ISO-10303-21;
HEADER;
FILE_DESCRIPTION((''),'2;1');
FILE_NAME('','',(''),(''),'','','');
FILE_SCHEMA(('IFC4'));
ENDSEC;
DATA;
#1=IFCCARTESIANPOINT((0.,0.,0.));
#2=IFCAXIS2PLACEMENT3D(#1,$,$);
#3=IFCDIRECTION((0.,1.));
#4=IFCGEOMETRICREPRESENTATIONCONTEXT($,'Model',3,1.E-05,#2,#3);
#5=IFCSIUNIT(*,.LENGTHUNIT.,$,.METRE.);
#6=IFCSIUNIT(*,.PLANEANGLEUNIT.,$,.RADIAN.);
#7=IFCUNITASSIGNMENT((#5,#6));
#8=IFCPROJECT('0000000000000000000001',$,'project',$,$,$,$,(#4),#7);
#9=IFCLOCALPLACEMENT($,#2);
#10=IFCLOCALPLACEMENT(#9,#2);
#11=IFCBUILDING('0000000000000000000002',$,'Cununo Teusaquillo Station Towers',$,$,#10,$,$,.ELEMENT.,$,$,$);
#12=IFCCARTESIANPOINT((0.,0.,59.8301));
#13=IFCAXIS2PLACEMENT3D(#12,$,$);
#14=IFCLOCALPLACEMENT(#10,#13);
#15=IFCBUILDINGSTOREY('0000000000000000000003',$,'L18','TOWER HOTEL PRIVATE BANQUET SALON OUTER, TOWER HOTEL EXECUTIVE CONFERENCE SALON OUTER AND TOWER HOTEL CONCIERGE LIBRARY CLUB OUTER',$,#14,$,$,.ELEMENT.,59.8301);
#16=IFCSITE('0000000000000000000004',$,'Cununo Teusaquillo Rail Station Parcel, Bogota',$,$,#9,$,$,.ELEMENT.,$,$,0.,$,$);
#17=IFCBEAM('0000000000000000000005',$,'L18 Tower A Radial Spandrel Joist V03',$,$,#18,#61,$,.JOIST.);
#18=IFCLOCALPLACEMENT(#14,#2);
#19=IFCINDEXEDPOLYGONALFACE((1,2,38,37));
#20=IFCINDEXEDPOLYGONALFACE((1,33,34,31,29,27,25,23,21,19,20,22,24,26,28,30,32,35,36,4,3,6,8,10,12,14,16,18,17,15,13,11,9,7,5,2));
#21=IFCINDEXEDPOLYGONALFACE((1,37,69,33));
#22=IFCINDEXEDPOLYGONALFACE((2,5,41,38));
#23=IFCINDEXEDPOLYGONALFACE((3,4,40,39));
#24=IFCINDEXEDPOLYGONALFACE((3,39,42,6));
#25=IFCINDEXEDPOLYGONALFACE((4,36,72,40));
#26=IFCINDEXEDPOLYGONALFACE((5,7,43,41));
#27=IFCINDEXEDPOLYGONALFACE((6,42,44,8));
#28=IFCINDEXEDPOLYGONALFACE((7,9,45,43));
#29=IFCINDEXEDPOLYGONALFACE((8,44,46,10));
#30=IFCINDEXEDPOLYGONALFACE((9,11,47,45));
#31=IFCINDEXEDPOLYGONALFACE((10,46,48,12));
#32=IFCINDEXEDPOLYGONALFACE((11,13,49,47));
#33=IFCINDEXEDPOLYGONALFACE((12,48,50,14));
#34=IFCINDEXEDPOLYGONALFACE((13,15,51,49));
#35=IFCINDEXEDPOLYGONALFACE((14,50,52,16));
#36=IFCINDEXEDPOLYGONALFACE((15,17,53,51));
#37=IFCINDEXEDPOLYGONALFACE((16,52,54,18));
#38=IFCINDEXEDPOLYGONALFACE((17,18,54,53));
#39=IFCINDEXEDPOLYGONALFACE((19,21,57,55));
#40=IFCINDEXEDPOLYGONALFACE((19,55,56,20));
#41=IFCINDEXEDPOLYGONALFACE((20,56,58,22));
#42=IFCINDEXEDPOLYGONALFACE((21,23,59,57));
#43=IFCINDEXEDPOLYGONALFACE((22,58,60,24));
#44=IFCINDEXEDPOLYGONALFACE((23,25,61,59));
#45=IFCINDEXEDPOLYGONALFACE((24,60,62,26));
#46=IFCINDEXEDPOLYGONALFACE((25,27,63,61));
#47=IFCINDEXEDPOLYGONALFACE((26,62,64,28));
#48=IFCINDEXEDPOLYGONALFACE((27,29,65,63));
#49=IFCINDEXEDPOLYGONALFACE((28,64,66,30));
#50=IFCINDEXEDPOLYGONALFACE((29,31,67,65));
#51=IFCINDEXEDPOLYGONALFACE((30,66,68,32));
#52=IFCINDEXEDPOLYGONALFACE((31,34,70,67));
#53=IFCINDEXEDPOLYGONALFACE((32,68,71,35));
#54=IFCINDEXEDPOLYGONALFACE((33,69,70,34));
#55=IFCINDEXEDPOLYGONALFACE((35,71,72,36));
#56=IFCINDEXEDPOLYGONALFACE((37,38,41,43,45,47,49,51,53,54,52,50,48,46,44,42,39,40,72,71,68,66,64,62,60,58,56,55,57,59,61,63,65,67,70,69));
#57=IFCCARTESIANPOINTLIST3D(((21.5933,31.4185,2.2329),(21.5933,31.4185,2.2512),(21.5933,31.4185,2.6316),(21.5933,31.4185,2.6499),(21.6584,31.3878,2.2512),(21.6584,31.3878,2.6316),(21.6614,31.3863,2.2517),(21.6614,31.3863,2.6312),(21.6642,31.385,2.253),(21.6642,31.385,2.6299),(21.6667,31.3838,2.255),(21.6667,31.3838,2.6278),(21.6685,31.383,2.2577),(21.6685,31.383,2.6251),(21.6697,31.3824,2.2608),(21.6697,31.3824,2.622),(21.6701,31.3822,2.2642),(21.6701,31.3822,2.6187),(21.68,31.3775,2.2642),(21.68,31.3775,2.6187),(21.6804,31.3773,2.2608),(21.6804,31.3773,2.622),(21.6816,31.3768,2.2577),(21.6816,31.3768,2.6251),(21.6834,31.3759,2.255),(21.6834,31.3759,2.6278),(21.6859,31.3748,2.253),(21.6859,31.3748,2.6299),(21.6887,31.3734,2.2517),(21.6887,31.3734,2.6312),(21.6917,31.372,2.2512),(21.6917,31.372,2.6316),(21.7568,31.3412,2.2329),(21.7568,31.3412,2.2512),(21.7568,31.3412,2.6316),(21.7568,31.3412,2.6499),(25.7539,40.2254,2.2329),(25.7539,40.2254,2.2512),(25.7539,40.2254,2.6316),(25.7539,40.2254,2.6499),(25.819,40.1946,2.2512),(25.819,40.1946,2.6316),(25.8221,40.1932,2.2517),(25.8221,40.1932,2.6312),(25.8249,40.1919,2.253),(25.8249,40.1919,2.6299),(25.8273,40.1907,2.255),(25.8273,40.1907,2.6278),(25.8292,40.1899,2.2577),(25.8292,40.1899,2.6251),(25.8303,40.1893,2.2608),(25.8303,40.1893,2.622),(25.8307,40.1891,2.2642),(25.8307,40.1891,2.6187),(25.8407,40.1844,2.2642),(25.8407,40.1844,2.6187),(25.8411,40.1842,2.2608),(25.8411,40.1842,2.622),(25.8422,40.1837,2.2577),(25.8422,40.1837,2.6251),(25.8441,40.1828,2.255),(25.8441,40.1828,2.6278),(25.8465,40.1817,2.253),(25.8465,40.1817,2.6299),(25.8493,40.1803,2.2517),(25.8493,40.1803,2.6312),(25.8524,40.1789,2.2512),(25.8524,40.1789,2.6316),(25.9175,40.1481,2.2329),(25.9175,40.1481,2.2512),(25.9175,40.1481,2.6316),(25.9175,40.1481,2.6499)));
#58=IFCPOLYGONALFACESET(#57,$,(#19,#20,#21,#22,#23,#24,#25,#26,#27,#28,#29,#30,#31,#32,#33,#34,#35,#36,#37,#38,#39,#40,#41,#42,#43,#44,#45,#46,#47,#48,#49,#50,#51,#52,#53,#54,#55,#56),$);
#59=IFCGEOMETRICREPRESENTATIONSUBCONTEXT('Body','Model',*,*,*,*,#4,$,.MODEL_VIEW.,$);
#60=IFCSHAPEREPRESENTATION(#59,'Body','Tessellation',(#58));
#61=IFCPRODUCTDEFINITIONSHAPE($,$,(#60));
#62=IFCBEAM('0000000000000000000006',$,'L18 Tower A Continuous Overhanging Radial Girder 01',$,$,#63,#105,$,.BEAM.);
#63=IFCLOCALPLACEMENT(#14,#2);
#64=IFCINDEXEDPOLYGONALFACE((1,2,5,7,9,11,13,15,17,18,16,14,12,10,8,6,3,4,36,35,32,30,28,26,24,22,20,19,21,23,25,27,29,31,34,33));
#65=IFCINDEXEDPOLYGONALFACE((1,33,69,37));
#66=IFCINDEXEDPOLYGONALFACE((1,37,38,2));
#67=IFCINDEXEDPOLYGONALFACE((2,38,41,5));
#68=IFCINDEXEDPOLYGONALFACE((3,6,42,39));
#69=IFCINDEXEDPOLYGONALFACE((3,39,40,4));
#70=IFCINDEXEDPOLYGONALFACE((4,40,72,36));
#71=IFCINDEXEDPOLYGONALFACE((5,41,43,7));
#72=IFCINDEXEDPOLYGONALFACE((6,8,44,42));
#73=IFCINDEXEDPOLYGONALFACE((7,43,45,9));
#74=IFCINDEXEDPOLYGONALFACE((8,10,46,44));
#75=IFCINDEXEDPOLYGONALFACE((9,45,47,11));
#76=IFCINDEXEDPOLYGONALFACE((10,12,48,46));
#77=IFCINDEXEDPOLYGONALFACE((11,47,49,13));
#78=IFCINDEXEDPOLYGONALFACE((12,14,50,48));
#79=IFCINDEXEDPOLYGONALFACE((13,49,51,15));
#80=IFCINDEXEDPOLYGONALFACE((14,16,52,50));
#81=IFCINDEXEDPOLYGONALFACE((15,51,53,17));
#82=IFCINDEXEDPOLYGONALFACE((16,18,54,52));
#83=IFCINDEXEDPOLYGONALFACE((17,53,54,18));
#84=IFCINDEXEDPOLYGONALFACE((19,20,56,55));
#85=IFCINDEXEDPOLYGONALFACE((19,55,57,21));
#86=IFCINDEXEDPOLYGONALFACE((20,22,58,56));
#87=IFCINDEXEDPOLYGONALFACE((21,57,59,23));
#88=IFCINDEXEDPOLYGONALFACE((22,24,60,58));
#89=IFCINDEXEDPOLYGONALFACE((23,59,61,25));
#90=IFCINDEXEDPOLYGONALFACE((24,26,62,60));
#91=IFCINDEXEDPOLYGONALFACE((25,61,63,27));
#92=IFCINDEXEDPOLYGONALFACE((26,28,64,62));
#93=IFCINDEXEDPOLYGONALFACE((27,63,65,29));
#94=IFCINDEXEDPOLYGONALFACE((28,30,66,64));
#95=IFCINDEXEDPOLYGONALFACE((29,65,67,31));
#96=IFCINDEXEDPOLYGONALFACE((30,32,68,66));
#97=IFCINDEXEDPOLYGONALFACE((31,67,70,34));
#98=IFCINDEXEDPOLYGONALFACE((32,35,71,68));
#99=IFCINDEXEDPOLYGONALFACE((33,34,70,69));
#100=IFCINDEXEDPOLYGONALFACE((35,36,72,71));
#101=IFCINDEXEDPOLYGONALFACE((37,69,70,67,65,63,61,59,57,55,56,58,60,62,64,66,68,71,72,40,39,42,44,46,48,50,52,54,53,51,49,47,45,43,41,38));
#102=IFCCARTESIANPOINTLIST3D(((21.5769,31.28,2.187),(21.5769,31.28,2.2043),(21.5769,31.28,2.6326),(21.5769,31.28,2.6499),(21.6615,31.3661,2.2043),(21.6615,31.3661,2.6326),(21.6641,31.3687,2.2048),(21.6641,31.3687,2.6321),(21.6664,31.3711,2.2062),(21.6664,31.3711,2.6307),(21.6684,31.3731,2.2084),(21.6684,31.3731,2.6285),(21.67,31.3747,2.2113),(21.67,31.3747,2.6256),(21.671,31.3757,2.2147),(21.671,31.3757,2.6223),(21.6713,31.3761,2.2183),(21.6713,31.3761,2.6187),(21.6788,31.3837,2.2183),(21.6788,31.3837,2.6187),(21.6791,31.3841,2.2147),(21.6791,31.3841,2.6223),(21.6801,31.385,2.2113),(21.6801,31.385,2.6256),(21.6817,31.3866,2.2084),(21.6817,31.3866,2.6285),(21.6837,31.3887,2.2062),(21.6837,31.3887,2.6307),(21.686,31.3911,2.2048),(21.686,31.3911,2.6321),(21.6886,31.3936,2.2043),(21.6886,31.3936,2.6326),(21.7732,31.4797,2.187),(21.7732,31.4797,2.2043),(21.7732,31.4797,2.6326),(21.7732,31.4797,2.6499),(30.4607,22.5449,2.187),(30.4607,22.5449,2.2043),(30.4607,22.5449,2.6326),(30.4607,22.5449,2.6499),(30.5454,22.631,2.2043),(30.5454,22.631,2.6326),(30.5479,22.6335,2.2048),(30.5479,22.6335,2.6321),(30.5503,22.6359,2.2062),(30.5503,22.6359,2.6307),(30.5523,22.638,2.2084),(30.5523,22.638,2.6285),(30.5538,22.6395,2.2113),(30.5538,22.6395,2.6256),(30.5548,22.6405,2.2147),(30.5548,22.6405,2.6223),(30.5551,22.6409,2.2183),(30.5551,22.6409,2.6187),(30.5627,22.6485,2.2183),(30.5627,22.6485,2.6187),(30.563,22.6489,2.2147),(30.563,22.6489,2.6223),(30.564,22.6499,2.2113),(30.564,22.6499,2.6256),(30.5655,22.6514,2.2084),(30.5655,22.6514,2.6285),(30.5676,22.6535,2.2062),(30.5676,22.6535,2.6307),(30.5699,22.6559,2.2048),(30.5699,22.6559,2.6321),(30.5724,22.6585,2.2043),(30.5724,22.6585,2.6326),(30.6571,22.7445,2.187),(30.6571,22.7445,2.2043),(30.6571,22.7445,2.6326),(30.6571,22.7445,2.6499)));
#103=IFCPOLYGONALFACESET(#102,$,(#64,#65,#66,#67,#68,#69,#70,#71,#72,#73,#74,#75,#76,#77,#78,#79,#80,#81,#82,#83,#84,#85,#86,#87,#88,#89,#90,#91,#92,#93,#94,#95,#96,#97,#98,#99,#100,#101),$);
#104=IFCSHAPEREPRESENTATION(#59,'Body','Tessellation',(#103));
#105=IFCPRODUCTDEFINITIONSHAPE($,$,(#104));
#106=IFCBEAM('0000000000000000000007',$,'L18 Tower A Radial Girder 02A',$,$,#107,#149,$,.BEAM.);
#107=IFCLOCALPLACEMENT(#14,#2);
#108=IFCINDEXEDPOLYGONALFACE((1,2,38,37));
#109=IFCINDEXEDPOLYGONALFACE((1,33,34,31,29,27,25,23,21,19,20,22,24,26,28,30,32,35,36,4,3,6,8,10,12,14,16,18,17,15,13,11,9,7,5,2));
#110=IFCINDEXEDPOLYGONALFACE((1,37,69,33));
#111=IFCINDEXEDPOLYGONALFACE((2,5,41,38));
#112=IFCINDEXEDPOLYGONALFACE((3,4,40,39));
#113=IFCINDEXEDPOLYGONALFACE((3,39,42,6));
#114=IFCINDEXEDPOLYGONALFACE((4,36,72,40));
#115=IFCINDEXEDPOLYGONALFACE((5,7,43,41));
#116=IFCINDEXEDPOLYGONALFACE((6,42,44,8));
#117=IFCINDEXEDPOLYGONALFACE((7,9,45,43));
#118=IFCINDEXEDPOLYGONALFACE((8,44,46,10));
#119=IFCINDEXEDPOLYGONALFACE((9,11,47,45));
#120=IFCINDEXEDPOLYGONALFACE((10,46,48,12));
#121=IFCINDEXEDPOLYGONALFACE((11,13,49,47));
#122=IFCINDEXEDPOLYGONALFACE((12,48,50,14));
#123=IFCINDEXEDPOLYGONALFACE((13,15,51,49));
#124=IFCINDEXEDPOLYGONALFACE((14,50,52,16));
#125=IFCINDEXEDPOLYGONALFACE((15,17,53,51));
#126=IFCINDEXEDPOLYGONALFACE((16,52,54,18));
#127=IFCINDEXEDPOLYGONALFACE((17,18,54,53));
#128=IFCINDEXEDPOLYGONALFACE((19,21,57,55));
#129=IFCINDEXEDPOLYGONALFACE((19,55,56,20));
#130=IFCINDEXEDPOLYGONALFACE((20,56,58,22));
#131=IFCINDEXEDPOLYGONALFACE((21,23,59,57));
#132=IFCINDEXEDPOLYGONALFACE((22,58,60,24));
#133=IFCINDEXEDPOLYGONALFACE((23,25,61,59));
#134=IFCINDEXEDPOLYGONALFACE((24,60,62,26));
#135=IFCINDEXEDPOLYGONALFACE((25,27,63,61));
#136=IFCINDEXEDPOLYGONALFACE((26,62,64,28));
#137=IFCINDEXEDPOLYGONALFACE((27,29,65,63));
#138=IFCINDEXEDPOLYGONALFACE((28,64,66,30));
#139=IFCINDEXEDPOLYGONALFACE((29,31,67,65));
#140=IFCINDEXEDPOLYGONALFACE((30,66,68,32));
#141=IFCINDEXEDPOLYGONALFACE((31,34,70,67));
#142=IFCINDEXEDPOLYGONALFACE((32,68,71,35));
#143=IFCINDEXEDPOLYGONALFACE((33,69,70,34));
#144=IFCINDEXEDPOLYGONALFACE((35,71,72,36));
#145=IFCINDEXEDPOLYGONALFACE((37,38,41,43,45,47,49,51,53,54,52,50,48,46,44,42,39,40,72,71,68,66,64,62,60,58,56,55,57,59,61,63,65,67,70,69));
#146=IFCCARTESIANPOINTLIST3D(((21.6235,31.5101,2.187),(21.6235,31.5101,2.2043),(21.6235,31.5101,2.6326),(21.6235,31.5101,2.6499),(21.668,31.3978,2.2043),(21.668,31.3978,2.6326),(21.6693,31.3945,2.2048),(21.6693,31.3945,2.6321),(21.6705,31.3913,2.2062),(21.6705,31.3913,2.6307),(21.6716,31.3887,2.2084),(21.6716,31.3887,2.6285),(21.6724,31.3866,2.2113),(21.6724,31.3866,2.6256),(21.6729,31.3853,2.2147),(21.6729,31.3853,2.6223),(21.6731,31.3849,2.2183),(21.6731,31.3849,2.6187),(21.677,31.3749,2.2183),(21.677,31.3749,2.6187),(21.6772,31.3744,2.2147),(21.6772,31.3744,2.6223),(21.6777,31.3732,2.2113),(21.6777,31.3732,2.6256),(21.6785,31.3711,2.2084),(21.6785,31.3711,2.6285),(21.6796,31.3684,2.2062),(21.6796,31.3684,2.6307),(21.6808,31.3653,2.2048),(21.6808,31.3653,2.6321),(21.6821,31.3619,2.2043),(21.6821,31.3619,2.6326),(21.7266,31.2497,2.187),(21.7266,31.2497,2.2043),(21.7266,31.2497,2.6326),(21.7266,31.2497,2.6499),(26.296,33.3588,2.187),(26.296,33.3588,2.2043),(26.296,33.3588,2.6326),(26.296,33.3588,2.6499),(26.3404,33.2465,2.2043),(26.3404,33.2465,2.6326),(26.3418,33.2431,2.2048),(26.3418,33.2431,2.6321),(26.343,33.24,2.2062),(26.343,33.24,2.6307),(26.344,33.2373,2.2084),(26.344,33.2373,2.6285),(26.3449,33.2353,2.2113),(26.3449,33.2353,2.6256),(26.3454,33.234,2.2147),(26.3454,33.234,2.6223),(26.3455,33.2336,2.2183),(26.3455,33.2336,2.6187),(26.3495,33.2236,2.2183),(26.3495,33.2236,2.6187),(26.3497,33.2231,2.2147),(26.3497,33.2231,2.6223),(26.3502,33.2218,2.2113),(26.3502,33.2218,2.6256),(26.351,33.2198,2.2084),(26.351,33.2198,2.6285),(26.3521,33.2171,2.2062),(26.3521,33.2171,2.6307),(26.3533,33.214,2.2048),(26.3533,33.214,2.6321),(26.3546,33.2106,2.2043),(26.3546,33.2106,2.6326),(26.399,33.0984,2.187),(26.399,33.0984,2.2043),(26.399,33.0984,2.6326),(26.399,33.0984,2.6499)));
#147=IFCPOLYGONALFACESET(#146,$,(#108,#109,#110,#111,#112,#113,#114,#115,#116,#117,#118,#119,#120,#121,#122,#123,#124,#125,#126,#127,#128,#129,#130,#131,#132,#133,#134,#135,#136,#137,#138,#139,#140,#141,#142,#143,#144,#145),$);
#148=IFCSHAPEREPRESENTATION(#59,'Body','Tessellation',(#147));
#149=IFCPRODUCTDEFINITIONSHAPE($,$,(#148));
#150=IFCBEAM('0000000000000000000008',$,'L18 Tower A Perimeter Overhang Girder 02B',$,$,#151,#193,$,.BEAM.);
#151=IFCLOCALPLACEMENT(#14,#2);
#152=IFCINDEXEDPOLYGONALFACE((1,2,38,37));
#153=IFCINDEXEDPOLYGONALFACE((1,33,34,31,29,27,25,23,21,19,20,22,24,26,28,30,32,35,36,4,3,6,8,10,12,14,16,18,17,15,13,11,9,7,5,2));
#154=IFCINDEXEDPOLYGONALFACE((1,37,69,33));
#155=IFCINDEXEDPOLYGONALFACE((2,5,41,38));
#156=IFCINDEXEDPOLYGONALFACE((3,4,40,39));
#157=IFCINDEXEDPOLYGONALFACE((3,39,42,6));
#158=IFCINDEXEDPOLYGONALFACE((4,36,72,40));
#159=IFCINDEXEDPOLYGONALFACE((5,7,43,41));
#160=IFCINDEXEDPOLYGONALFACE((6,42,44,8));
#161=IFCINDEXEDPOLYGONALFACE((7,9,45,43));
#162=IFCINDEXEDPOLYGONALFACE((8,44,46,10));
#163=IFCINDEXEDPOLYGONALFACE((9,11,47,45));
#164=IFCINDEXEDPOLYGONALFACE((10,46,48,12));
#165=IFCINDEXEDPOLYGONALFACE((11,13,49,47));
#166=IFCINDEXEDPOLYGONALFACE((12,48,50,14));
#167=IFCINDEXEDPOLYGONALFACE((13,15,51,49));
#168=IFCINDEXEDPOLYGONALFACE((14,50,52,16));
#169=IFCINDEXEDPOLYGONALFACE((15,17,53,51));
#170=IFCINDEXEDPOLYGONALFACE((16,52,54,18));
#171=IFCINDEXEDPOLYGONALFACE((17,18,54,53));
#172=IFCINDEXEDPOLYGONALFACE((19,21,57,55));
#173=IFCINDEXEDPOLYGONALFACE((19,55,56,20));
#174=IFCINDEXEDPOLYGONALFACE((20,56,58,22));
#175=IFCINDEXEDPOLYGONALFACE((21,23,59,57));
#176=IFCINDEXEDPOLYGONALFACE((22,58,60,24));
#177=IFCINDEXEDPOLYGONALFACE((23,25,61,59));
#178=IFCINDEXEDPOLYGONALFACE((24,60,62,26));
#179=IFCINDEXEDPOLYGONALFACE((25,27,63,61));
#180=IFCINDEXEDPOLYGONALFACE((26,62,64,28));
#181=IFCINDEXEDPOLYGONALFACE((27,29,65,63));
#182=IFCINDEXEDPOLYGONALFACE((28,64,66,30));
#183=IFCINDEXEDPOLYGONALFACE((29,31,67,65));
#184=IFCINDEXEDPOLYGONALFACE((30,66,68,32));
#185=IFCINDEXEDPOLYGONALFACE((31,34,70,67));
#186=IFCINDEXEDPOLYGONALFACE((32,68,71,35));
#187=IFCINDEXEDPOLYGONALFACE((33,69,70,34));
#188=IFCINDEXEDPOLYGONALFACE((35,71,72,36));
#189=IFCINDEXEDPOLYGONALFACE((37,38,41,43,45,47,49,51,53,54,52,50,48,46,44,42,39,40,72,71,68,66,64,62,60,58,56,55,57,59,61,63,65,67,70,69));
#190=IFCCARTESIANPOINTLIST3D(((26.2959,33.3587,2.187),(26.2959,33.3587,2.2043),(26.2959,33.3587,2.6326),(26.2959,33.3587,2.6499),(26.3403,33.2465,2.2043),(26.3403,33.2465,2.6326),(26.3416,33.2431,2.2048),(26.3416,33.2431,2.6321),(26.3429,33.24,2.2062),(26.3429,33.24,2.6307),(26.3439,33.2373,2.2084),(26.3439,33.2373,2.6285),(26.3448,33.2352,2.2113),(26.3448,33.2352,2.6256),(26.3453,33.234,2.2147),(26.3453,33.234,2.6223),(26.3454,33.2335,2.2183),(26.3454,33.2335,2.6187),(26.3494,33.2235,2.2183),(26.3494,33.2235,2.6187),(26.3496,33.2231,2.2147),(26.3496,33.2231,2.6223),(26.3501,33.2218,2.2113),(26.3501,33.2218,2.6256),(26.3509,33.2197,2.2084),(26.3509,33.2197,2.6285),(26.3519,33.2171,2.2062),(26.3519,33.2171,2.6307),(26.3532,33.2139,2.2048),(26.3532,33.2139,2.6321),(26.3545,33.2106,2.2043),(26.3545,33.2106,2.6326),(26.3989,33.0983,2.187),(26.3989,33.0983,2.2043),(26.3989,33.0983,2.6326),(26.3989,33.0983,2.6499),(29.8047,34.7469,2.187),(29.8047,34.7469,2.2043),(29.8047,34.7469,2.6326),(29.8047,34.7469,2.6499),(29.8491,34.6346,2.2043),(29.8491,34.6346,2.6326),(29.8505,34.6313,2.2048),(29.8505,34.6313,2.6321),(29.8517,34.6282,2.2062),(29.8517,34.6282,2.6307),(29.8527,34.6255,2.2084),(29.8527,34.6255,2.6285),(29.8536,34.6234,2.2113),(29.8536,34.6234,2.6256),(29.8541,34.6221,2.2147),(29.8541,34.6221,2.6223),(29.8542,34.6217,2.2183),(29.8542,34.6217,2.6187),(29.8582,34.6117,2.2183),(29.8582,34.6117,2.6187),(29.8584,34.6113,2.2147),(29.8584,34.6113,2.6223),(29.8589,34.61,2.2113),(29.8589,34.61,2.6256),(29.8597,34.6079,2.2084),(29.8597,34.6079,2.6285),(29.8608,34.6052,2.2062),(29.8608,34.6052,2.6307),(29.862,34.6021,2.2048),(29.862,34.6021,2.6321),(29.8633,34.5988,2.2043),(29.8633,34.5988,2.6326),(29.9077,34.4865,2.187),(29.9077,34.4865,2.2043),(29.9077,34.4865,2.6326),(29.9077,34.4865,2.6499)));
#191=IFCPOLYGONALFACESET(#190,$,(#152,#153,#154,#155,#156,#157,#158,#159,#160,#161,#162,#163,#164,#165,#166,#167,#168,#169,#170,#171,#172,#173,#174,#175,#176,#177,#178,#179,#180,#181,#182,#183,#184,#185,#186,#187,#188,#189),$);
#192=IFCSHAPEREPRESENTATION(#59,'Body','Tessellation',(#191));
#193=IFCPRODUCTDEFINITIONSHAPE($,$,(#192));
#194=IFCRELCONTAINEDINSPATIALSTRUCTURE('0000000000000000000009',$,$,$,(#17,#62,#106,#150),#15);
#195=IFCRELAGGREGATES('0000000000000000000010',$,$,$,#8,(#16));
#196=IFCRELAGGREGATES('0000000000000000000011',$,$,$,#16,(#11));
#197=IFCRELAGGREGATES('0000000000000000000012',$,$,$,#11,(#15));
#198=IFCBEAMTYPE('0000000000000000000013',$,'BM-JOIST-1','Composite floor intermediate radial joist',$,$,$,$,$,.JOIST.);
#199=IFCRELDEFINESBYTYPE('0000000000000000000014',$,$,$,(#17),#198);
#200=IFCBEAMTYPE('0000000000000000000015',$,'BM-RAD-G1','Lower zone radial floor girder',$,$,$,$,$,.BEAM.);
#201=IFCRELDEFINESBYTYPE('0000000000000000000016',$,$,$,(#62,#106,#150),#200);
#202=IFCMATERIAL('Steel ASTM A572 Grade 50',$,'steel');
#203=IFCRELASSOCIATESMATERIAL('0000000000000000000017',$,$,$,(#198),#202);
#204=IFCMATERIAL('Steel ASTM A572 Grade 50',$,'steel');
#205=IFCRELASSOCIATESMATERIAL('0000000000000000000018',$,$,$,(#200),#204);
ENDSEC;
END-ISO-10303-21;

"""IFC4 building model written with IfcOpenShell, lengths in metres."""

from ifc_helpers import new_model, si_unit, direction, frame, origin, origin_2d, place, context, subcontext, project, spatial, i_section, extrude, material, material_profile, profile_set, type_object, element, save


model = new_model("IFC4")

# Units and contexts
model_context = context("Model", 3, precision=1e-05, world=origin(), true_north=direction((0.0, 1.0)))
body_context = subcontext(model_context, "Body", "Model", "MODEL_VIEW")
ifc_project = project(units=[si_unit("LENGTHUNIT", "METRE"), si_unit("PLANEANGLEUNIT", "RADIAN")], contexts=[model_context])

# Site, building, storey
site_placement = place(None, origin())
site = spatial("IfcSite", under=ifc_project, at=site_placement, Name="Cununo Teusaquillo Rail Station Parcel, Bogota", CompositionType="ELEMENT", RefElevation=0.0)
building_placement = place(site_placement, origin())
building = spatial("IfcBuilding", under=site, at=building_placement, Name="Cununo Teusaquillo Station Towers", CompositionType="ELEMENT")
storey_placement = place(building_placement, frame((0.0, 0.0, 59.8301)))
storey = spatial("IfcBuildingStorey", under=building, at=storey_placement, Name="L18", Description="TOWER HOTEL PRIVATE BANQUET SALON OUTER, TOWER HOTEL EXECUTIVE CONFERENCE SALON OUTER AND TOWER HOTEL CONCIERGE LIBRARY CLUB OUTER", CompositionType="ELEMENT", Elevation=59.8301)

# Beams
ifc_material_1 = material(Name="Steel ASTM A572 Grade 50", Category="steel")
ifc_material_profile_1 = material_profile(ifc_material_1, i_section(OverallWidth=0.1809, OverallDepth=0.417, WebThickness=0.011, FlangeThickness=0.0183, FilletRadius=0.0129, at=origin_2d()), Name="W16X57")
ifc_profile_set_1 = profile_set([ifc_material_profile_1], Name="Steel ASTM A572 Grade 50")
beam_type_1 = type_object("IfcBeamType", Name="BM-JOIST-1", Description="Composite floor intermediate radial joist", PredefinedType="JOIST", material=ifc_profile_set_1)
beam_1_placement = place(storey_placement, frame((21.675, 31.3799, 2.4414), z_axis=(0.427161, 0.904176, 0.0), x_axis=(-0.904176, 0.427161, 0.0)))
element("IfcBeam", 1, at=beam_1_placement, inside=storey, type_object=beam_type_1, Name="L18 Tower A Radial Spandrel Joist V03", PredefinedType="JOIST", context=body_context, shape_type="SweptSolid", body=[
    extrude(i_section(OverallWidth=0.1809, OverallDepth=0.417, WebThickness=0.011, FlangeThickness=0.0183, FilletRadius=0.0129, at=origin_2d()), origin(), (0.0, 0.0, 1.0), 9.7402),
])
ifc_material_2 = material(Name="Steel ASTM A572 Grade 50", Category="steel")
ifc_material_profile_2 = material_profile(ifc_material_2, i_section(OverallWidth=0.28, OverallDepth=0.4629, WebThickness=0.0107, FlangeThickness=0.0173, FilletRadius=0.0139, at=origin_2d()), Name="W18X76")
ifc_profile_set_2 = profile_set([ifc_material_profile_2], Name="Steel ASTM A572 Grade 50")
beam_type_2 = type_object("IfcBeamType", Name="BM-RAD-G1", Description="Lower zone radial floor girder", PredefinedType="BEAM", material=ifc_profile_set_2)
beam_2_placement = place(storey_placement, frame((21.675, 31.3799, 2.4185), z_axis=(0.713048, -0.701115, 0.0), x_axis=(0.701115, 0.713048, 0.0)))
element("IfcBeam", 2, at=beam_2_placement, inside=storey, type_object=beam_type_2, Name="L18 Tower A Continuous Overhanging Radial Girder 01", PredefinedType="BEAM", context=body_context, shape_type="SweptSolid", body=[
    extrude(i_section(OverallWidth=0.28, OverallDepth=0.4629, WebThickness=0.0107, FlangeThickness=0.0173, FilletRadius=0.0139, at=origin_2d()), origin(), (0.0, 0.0, 1.0), 12.459),
])
beam_3_placement = place(storey_placement, frame((21.675, 31.3799, 2.4185), z_axis=(0.929864, 0.367903, 0.0), x_axis=(-0.367903, 0.929864, 0.0)))
element("IfcBeam", 3, at=beam_3_placement, inside=storey, type_object=beam_type_2, Name="L18 Tower A Radial Girder 02A", PredefinedType="BEAM", context=body_context, shape_type="SweptSolid", body=[
    extrude(i_section(OverallWidth=0.28, OverallDepth=0.4629, WebThickness=0.0107, FlangeThickness=0.0173, FilletRadius=0.0139, at=origin_2d()), origin(), (0.0, 0.0, 1.0), 5.0249),
])
beam_4_placement = place(storey_placement, frame((26.3474, 33.2285, 2.4185), z_axis=(0.929871, 0.367885, 0.0), x_axis=(-0.367885, 0.929871, 0.0)))
element("IfcBeam", 4, at=beam_4_placement, inside=storey, type_object=beam_type_2, Name="L18 Tower A Perimeter Overhang Girder 02B", PredefinedType="BEAM", context=body_context, shape_type="SweptSolid", body=[
    extrude(i_section(OverallWidth=0.28, OverallDepth=0.4629, WebThickness=0.0107, FlangeThickness=0.0173, FilletRadius=0.0139, at=origin_2d()), origin(), (0.0, 0.0, 1.0), 3.7734),
])

save(model, "model.ifc")
